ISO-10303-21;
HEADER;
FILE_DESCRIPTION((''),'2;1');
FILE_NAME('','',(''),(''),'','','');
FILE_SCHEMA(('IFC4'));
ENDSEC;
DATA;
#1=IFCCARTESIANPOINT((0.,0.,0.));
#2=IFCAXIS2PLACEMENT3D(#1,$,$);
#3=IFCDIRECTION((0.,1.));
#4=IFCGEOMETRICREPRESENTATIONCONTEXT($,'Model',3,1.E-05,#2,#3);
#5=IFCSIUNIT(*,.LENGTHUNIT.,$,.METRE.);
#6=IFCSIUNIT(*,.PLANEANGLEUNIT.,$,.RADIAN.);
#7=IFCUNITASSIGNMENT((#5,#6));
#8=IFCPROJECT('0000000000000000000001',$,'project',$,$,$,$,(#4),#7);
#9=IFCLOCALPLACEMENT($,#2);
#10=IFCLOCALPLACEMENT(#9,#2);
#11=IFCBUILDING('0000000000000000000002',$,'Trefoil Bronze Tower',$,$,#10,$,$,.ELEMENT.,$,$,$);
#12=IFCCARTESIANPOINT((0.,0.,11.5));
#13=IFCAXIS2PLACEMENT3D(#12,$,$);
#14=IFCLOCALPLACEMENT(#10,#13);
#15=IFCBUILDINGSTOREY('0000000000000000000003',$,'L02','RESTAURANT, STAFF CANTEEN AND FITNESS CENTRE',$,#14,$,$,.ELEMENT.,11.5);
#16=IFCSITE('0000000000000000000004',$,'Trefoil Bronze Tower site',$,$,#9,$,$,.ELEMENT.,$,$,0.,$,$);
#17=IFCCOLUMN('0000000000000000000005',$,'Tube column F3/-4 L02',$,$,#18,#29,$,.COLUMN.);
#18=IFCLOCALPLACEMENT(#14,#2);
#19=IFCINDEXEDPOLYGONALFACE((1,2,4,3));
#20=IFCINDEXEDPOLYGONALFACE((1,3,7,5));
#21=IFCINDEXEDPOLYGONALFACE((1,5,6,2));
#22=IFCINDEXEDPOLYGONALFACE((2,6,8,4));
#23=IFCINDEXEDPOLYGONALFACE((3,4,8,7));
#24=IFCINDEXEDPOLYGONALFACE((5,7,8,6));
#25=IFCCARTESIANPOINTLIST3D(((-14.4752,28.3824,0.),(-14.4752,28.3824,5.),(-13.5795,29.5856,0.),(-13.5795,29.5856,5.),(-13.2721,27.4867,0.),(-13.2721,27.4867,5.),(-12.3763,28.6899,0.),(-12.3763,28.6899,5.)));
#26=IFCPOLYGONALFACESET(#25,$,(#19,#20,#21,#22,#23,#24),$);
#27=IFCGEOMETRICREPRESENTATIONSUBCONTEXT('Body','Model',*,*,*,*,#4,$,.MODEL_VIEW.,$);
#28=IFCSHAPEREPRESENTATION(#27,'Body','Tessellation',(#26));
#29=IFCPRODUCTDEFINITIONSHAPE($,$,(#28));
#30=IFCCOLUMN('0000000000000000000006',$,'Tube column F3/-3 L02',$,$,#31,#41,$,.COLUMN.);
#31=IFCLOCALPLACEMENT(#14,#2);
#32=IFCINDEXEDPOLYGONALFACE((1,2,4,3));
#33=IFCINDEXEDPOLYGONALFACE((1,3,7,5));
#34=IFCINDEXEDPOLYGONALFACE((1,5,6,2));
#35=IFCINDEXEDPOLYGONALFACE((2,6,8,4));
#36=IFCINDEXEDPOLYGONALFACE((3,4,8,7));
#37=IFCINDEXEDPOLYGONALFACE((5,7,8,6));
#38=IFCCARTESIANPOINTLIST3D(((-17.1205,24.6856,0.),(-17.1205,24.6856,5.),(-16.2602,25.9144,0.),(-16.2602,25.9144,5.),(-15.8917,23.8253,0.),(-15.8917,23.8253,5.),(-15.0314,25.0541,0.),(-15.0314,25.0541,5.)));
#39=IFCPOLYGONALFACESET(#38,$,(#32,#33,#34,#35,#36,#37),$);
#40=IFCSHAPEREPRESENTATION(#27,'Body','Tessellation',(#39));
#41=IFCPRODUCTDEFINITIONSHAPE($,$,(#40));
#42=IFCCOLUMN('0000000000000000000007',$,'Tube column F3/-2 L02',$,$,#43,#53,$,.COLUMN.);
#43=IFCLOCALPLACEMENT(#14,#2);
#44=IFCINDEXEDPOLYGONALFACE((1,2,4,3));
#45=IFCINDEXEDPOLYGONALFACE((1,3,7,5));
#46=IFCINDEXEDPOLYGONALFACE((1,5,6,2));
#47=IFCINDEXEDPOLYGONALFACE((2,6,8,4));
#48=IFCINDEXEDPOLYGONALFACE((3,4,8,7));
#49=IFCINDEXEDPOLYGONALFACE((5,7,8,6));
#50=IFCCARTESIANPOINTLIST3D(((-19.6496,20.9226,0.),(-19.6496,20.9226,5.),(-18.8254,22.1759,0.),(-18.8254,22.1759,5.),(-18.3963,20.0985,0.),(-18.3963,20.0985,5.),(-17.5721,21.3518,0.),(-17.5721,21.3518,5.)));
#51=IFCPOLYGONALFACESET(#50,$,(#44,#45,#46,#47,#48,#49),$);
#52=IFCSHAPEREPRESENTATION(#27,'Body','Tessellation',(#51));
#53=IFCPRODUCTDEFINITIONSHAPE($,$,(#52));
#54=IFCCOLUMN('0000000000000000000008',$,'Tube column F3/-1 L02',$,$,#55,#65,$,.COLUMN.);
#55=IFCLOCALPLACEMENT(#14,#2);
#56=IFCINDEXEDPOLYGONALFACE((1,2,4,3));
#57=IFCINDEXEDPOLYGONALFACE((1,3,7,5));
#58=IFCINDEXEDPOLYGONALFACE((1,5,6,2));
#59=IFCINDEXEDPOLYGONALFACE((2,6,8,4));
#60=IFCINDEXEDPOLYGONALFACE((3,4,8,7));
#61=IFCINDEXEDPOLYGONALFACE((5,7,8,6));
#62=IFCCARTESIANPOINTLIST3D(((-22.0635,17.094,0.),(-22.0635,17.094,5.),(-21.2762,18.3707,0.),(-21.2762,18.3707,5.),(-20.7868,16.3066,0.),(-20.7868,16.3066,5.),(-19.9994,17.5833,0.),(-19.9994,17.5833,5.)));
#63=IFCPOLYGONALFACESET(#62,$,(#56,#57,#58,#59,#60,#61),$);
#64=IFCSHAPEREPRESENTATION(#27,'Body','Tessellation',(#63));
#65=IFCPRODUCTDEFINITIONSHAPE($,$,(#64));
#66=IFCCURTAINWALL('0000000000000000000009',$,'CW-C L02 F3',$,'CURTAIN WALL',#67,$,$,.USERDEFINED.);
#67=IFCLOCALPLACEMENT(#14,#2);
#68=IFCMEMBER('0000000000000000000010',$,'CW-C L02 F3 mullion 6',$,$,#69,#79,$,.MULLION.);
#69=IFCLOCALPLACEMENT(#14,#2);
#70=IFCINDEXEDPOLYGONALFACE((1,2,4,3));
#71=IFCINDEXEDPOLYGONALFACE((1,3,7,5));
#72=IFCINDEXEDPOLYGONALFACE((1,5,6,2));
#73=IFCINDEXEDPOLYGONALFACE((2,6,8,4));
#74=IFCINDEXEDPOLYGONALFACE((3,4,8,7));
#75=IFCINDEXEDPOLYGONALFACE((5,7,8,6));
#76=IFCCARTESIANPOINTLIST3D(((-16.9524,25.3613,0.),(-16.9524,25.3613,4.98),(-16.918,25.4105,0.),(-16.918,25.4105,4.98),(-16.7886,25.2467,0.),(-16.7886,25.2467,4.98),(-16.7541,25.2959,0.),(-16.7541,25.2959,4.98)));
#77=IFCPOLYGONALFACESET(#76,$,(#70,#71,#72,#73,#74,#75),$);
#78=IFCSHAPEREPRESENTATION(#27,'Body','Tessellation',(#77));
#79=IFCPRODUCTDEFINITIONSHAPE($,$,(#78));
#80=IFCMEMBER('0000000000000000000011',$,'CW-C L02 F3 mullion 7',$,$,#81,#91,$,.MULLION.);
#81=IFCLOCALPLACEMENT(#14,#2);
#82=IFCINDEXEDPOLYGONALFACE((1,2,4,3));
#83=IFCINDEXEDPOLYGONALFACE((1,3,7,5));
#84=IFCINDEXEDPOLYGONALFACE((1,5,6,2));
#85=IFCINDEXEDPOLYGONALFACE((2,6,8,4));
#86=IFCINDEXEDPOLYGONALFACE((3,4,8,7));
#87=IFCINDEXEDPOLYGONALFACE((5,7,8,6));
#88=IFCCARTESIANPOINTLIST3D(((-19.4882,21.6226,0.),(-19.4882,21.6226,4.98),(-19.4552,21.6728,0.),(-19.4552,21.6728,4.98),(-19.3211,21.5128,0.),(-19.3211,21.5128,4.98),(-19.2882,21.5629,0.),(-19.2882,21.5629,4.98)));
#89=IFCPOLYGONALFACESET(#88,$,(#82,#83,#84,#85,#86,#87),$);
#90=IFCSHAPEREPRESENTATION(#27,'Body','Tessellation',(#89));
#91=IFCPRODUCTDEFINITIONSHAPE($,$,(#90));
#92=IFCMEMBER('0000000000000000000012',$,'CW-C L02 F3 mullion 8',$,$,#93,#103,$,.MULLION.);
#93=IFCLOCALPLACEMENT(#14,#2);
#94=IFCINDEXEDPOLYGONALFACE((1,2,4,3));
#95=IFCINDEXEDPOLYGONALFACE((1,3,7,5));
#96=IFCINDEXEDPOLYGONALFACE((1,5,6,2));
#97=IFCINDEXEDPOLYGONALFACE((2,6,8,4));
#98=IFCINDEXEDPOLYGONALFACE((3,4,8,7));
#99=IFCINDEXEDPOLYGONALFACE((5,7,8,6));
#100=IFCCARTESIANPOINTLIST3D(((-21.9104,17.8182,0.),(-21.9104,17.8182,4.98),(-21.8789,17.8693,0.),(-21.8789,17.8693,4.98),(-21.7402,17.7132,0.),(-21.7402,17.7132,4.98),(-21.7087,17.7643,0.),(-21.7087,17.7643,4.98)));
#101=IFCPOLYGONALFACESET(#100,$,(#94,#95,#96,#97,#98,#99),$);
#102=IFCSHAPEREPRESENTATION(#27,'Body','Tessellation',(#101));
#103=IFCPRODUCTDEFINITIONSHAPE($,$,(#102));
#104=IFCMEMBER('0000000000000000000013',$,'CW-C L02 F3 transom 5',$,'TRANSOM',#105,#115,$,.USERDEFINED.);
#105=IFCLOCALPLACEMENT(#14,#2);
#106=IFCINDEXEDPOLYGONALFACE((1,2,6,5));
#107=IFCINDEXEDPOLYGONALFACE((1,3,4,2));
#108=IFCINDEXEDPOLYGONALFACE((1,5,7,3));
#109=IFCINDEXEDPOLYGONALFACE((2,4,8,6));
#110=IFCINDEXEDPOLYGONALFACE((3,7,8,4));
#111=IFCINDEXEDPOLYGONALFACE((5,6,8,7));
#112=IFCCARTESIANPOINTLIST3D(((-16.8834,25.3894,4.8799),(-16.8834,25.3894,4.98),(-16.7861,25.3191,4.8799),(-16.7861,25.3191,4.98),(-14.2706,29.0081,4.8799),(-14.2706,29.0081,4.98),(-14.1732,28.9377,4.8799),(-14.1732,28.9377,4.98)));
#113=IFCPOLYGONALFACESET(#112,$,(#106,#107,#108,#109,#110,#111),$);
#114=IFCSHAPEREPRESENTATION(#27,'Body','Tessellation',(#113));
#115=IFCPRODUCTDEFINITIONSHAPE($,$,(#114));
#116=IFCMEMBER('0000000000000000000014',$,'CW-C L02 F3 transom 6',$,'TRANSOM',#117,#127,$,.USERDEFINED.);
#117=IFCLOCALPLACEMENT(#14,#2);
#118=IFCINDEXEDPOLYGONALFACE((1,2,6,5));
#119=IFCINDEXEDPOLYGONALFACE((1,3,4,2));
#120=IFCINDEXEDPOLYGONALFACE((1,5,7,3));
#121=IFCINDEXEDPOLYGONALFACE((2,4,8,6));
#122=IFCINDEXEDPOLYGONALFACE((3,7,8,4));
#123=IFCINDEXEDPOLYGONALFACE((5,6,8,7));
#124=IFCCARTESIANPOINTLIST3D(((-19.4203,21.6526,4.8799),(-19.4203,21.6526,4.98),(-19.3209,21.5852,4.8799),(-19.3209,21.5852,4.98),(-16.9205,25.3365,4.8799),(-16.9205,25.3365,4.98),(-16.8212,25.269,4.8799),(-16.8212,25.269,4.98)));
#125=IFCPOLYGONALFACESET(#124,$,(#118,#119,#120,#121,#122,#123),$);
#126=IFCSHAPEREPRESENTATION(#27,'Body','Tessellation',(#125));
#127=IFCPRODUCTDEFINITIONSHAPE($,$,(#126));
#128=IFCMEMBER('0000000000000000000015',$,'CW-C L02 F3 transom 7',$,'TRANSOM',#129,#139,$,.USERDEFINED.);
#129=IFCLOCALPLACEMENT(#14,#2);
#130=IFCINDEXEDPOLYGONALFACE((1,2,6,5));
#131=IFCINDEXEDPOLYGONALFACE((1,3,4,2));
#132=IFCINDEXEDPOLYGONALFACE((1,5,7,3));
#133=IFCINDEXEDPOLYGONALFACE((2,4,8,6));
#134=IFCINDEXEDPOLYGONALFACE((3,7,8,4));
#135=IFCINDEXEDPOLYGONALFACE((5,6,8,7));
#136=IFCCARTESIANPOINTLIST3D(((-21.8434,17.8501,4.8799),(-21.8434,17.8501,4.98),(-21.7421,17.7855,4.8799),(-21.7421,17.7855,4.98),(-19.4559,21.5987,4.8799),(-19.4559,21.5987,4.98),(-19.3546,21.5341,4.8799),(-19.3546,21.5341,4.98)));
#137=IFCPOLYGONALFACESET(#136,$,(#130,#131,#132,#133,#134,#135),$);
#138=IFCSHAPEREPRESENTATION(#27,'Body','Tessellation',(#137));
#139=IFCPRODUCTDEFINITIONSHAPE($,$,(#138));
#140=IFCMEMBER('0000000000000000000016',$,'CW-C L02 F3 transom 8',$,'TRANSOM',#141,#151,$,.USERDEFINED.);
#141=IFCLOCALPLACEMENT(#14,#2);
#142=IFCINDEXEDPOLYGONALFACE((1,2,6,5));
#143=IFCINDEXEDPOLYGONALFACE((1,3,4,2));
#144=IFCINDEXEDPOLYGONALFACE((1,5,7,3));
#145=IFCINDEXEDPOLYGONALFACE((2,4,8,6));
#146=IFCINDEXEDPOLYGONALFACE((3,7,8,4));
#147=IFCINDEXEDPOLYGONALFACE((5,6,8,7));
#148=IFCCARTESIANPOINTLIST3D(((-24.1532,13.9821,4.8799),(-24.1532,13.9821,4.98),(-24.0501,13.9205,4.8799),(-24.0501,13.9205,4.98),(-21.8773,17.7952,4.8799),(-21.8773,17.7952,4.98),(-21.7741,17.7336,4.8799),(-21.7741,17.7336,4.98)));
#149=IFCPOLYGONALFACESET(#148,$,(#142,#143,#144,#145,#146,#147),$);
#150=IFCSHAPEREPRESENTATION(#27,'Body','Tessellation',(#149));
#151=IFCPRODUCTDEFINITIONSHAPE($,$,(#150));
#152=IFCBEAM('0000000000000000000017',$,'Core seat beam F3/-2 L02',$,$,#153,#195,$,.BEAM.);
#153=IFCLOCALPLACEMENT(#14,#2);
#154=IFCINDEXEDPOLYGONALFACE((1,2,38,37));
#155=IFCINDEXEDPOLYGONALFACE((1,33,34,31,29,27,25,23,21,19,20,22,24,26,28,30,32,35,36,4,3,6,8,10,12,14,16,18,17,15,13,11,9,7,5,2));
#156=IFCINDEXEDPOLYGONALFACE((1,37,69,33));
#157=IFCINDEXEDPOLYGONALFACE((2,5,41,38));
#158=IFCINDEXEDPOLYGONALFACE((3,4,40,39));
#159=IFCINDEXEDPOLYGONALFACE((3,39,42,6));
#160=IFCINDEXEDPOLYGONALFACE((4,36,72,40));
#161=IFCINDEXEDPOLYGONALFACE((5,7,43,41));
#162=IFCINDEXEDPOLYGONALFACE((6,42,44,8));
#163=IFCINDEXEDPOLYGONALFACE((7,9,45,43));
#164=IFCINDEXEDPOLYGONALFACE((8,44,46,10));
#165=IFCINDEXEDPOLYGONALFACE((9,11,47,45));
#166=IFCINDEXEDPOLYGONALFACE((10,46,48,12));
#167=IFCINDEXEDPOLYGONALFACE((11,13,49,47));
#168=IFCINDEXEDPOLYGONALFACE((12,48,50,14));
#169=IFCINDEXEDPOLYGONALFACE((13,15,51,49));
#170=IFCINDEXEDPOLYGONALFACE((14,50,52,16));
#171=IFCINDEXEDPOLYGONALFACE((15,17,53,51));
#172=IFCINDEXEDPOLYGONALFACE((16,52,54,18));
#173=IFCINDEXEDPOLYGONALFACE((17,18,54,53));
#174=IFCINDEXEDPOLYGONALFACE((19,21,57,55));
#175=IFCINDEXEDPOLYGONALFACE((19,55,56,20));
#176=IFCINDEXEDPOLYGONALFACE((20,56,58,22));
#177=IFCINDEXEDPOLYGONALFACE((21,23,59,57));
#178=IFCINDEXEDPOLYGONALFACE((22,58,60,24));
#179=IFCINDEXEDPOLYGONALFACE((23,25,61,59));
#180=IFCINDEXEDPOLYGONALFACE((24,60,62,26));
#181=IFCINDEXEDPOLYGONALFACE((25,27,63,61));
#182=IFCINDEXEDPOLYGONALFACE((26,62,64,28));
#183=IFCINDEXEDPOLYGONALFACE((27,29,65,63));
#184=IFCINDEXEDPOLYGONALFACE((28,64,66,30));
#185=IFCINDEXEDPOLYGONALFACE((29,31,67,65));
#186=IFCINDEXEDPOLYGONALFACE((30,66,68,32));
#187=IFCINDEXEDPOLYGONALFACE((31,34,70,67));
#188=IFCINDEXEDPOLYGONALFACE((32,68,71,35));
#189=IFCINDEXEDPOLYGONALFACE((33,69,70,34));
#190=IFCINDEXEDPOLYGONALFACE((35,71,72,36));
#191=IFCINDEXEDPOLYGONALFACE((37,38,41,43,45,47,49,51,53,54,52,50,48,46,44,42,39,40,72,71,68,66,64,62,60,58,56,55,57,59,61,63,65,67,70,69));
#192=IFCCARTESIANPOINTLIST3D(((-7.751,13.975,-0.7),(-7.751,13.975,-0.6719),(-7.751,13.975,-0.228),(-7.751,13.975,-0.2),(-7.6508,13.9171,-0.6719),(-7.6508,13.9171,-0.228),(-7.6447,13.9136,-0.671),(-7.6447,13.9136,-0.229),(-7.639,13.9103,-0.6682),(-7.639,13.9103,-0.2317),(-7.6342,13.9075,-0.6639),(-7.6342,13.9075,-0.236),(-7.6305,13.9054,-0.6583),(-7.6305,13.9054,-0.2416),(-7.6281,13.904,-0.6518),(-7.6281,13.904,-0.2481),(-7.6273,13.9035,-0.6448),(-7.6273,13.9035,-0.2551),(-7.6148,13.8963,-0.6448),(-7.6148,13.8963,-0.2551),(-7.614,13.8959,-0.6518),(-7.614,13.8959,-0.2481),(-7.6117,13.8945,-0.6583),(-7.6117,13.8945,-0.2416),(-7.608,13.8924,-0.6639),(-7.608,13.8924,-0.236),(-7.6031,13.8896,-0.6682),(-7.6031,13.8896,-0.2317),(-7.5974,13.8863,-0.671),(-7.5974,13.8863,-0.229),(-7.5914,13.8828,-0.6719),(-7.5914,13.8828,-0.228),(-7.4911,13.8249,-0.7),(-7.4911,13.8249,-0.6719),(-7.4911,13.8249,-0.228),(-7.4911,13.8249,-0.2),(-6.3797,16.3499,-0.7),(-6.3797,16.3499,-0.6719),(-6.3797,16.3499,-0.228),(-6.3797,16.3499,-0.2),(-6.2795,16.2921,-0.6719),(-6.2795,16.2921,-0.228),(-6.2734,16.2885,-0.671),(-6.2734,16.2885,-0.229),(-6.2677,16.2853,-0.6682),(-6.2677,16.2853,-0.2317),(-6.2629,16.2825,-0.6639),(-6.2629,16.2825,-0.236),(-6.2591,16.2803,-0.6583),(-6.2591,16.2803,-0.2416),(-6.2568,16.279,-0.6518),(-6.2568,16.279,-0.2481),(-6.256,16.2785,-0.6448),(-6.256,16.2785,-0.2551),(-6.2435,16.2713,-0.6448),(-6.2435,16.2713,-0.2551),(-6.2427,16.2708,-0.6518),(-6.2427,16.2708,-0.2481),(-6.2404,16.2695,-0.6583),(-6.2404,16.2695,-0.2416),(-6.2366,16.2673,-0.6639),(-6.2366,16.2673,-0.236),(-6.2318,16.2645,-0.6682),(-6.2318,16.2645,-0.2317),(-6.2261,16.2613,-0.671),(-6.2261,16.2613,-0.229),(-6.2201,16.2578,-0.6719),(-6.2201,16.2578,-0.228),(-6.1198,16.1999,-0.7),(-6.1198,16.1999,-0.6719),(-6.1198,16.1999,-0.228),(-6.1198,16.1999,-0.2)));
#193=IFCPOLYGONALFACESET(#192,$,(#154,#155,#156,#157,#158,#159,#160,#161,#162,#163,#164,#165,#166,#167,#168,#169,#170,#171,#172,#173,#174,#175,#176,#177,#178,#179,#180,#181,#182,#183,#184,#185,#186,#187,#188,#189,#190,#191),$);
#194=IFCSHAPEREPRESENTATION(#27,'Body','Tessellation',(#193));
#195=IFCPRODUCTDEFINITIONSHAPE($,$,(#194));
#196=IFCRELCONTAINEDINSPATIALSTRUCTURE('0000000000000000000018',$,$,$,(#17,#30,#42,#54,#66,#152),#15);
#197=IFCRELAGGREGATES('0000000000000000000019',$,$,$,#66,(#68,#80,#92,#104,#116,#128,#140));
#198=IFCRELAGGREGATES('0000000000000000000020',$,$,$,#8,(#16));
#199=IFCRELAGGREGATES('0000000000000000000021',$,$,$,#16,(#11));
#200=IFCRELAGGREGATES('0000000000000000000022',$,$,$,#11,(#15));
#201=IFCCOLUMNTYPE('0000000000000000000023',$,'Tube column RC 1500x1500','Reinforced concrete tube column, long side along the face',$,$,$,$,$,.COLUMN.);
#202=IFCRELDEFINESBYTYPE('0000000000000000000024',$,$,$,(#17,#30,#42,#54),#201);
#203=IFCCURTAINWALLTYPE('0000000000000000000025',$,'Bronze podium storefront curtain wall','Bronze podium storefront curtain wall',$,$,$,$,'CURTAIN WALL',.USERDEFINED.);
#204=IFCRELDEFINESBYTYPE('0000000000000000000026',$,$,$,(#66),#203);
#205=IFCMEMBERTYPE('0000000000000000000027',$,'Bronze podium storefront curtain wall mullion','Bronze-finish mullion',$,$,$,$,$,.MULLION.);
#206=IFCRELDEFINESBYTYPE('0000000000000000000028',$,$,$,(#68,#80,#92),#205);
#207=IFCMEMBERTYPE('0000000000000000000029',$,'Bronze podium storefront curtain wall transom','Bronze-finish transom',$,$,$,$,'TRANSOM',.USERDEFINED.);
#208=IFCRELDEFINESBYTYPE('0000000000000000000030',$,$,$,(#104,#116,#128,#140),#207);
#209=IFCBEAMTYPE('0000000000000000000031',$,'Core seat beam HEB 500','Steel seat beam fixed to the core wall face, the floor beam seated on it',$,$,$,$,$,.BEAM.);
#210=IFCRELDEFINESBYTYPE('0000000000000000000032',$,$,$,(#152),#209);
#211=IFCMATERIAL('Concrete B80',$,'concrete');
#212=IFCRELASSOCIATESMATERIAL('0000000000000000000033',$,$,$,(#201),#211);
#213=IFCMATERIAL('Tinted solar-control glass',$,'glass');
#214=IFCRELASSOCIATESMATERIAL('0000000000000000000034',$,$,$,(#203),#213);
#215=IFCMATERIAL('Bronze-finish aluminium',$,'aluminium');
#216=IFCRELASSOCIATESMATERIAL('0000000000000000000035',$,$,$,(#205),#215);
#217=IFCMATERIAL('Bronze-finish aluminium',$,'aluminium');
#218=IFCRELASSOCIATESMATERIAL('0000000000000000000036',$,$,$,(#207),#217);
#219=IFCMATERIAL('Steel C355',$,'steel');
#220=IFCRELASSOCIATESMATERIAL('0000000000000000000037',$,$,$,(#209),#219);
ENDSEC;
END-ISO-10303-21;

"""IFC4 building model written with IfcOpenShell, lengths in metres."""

from ifc_helpers import new_model, si_unit, direction, frame, origin, origin_2d, place, context, subcontext, project, spatial, rectangle, i_section, extrude, material, material_profile, profile_set, type_object, element, aggregate, save


model = new_model("IFC4")

# Units and contexts
model_context = context("Model", 3, precision=1e-05, world=origin(), true_north=direction((0.0, 1.0)))
body_context = subcontext(model_context, "Body", "Model", "MODEL_VIEW")
ifc_project = project(units=[si_unit("LENGTHUNIT", "METRE"), si_unit("PLANEANGLEUNIT", "RADIAN")], contexts=[model_context])

# Site, building, storey
site_placement = place(None, origin())
site = spatial("IfcSite", under=ifc_project, at=site_placement, Name="Trefoil Bronze Tower site", CompositionType="ELEMENT", RefElevation=0.0)
building_placement = place(site_placement, origin())
building = spatial("IfcBuilding", under=site, at=building_placement, Name="Trefoil Bronze Tower", CompositionType="ELEMENT")
storey_placement = place(building_placement, frame((0.0, 0.0, 11.5)))
storey = spatial("IfcBuildingStorey", under=building, at=storey_placement, Name="L02", Description="RESTAURANT, STAFF CANTEEN AND FITNESS CENTRE", CompositionType="ELEMENT", Elevation=11.5)

# Columns
ifc_material_1 = material(Name="Concrete B80", Category="concrete")
ifc_material_profile_1 = material_profile(ifc_material_1, rectangle(XDim=1.5, YDim=1.5, at=origin_2d()), Name="RC 1500x1500")
ifc_profile_set_1 = profile_set([ifc_material_profile_1], Name="Concrete B80")
column_type = type_object("IfcColumnType", Name="Tube column RC 1500x1500", Description="Reinforced concrete tube column, long side along the face", PredefinedType="COLUMN", material=ifc_profile_set_1)
for number, where, z_axis, x_axis, name in (
    (1, (-13.4258, 28.5361, 0.0), (0.0, 0.0, 1.0), (-0.597154, -0.802127, 0.0), "Tube column F3/-4 L02"),
    (2, (-16.0759, 24.8699, 0.0), (0.0, 0.0, 1.0), (-0.573502, -0.819204, 0.0), "Tube column F3/-3 L02"),
    (3, (-18.6108, 21.1372, 0.0), (0.0, 0.0, 1.0), (-0.549424, -0.835544, 0.0), "Tube column F3/-2 L02"),
    (4, (-21.0315, 17.3386, 0.0), (0.0, 0.0, 1.0), (-0.524923, -0.85115, 0.0), "Tube column F3/-1 L02"),
):
    element("IfcColumn", number, at=place(storey_placement, frame(where, z_axis=z_axis, x_axis=x_axis)), inside=storey, type_object=column_type, Name=name, PredefinedType="COLUMN", context=body_context, shape_type="SweptSolid", body=[
        extrude(rectangle(XDim=1.5, YDim=1.5, at=origin_2d()), origin(), (0.0, 0.0, 1.0), 5.0),
    ])

# Curtain wall, members
ifc_material_2 = material(Name="Tinted solar-control glass", Category="glass")
curtain_wall_type = type_object("IfcCurtainWallType", Name="Bronze podium storefront curtain wall", Description="Bronze podium storefront curtain wall", ElementType="CURTAIN WALL", PredefinedType="USERDEFINED", material=ifc_material_2)
curtain_wall_placement = place(storey_placement, origin())
curtain_wall = element("IfcCurtainWall", 5, at=curtain_wall_placement, inside=storey, type_object=curtain_wall_type, Name="CW-C L02 F3", ObjectType="CURTAIN WALL", PredefinedType="USERDEFINED")
ifc_material_3 = material(Name="Bronze-finish aluminium", Category="aluminium")
ifc_material_profile_2 = material_profile(ifc_material_3, rectangle(XDim=0.2, YDim=0.0601, at=origin_2d()), Name="CW-C mullion")
ifc_profile_set_2 = profile_set([ifc_material_profile_2], Name="Bronze-finish aluminium")
member_type_1 = type_object("IfcMemberType", Name="Bronze podium storefront curtain wall mullion", Description="Bronze-finish mullion", PredefinedType="MULLION", material=ifc_profile_set_2)
member_1_placement = place(storey_placement, frame((-16.8533, 25.3286, 0.0), z_axis=(0.0, 0.0, 1.0), x_axis=(0.819204, -0.573502, 0.0)))
member_1 = element("IfcMember", 6, at=member_1_placement, type_object=member_type_1, Name="CW-C L02 F3 mullion 6", PredefinedType="MULLION", context=body_context, shape_type="SweptSolid", body=[
    extrude(rectangle(XDim=0.2, YDim=0.0601, at=origin_2d()), origin(), (0.0, 0.0, 1.0), 4.98),
])
member_2_placement = place(storey_placement, frame((-19.3882, 21.5928, 0.0), z_axis=(0.0, 0.0, 1.0), x_axis=(0.835544, -0.549424, 0.0)))
member_2 = element("IfcMember", 7, at=member_2_placement, type_object=member_type_1, Name="CW-C L02 F3 mullion 7", PredefinedType="MULLION", context=body_context, shape_type="SweptSolid", body=[
    extrude(rectangle(XDim=0.2, YDim=0.0601, at=origin_2d()), origin(), (0.0, 0.0, 1.0), 4.98),
])
member_3_placement = place(storey_placement, frame((-21.8096, 17.7913, 0.0), z_axis=(0.0, 0.0, 1.0), x_axis=(0.85115, -0.524923, 0.0)))
member_3 = element("IfcMember", 8, at=member_3_placement, type_object=member_type_1, Name="CW-C L02 F3 mullion 8", PredefinedType="MULLION", context=body_context, shape_type="SweptSolid", body=[
    extrude(rectangle(XDim=0.2, YDim=0.0601, at=origin_2d()), origin(), (0.0, 0.0, 1.0), 4.98),
])
ifc_material_4 = material(Name="Bronze-finish aluminium", Category="aluminium")
ifc_material_profile_3 = material_profile(ifc_material_4, rectangle(XDim=0.1201, YDim=0.1001, at=origin_2d()), Name="CW-C transom")
ifc_profile_set_3 = profile_set([ifc_material_profile_3], Name="Bronze-finish aluminium")
member_type_2 = type_object("IfcMemberType", Name="Bronze podium storefront curtain wall transom", Description="Bronze-finish transom", ElementType="TRANSOM", PredefinedType="USERDEFINED", material=ifc_profile_set_3)
member_4_placement = place(storey_placement, frame((-14.2219, 28.9729, 4.9299), z_axis=(-0.585391, -0.810751, 0.0), x_axis=(0.810751, -0.585391, 0.0)))
member_4 = element("IfcMember", 9, at=member_4_placement, type_object=member_type_2, Name="CW-C L02 F3 transom 5", ObjectType="TRANSOM", PredefinedType="USERDEFINED", context=body_context, shape_type="SweptSolid", body=[
    extrude(rectangle(XDim=0.1201, YDim=0.1001, at=origin_2d()), origin(), (0.0, 0.0, 1.0), 4.4634),
])
member_5_placement = place(storey_placement, frame((-16.8708, 25.3027, 4.9299), z_axis=(-0.561503, -0.827475, 0.0), x_axis=(0.827475, -0.561503, 0.0)))
member_5 = element("IfcMember", 10, at=member_5_placement, type_object=member_type_2, Name="CW-C L02 F3 transom 6", ObjectType="TRANSOM", PredefinedType="USERDEFINED", context=body_context, shape_type="SweptSolid", body=[
    extrude(rectangle(XDim=0.1201, YDim=0.1001, at=origin_2d()), origin(), (0.0, 0.0, 1.0), 4.4519),
])
member_6_placement = place(storey_placement, frame((-19.4053, 21.5664, 4.9299), z_axis=(-0.537199, -0.843456, 0.0), x_axis=(0.843456, -0.537199, 0.0)))
member_6 = element("IfcMember", 11, at=member_6_placement, type_object=member_type_2, Name="CW-C L02 F3 transom 7", ObjectType="TRANSOM", PredefinedType="USERDEFINED", context=body_context, shape_type="SweptSolid", body=[
    extrude(rectangle(XDim=0.1201, YDim=0.1001, at=origin_2d()), origin(), (0.0, 0.0, 1.0), 4.4443),
])
member_7_placement = place(storey_placement, frame((-21.8257, 17.7644, 4.9299), z_axis=(-0.512522, -0.858674, 0.0), x_axis=(0.858674, -0.512522, 0.0)))
member_7 = element("IfcMember", 12, at=member_7_placement, type_object=member_type_2, Name="CW-C L02 F3 transom 8", ObjectType="TRANSOM", PredefinedType="USERDEFINED", context=body_context, shape_type="SweptSolid", body=[
    extrude(rectangle(XDim=0.1201, YDim=0.1001, at=origin_2d()), origin(), (0.0, 0.0, 1.0), 4.4407),
])

# Beam
ifc_material_5 = material(Name="Steel C355", Category="steel")
ifc_material_profile_4 = material_profile(ifc_material_5, i_section(OverallWidth=0.3, OverallDepth=0.5, WebThickness=0.0144, FlangeThickness=0.0281, FilletRadius=0.0271, at=origin_2d()), Name="HEB 500")
ifc_profile_set_4 = profile_set([ifc_material_profile_4], Name="Steel C355")
beam_type_1 = type_object("IfcBeamType", Name="Core seat beam HEB 500", Description="Steel seat beam fixed to the core wall face, the floor beam seated on it", PredefinedType="BEAM", material=ifc_profile_set_4)
beam_1_placement = place(storey_placement, frame((-6.2498, 16.2749, -0.45), z_axis=(-0.500036, -0.866005, 0.0), x_axis=(0.866005, -0.500036, 0.0)))
element("IfcBeam", 13, at=beam_1_placement, inside=storey, type_object=beam_type_1, Name="Core seat beam F3/-2 L02", PredefinedType="BEAM", context=body_context, shape_type="SweptSolid", body=[
    extrude(i_section(OverallWidth=0.3, OverallDepth=0.5, WebThickness=0.0144, FlangeThickness=0.0281, FilletRadius=0.0271, at=origin_2d()), origin(), (0.0, 0.0, 1.0), 2.7424),
])

aggregate(curtain_wall, [member_1, member_2, member_3, member_4, member_5, member_6, member_7])

save(model, "model.ifc")
